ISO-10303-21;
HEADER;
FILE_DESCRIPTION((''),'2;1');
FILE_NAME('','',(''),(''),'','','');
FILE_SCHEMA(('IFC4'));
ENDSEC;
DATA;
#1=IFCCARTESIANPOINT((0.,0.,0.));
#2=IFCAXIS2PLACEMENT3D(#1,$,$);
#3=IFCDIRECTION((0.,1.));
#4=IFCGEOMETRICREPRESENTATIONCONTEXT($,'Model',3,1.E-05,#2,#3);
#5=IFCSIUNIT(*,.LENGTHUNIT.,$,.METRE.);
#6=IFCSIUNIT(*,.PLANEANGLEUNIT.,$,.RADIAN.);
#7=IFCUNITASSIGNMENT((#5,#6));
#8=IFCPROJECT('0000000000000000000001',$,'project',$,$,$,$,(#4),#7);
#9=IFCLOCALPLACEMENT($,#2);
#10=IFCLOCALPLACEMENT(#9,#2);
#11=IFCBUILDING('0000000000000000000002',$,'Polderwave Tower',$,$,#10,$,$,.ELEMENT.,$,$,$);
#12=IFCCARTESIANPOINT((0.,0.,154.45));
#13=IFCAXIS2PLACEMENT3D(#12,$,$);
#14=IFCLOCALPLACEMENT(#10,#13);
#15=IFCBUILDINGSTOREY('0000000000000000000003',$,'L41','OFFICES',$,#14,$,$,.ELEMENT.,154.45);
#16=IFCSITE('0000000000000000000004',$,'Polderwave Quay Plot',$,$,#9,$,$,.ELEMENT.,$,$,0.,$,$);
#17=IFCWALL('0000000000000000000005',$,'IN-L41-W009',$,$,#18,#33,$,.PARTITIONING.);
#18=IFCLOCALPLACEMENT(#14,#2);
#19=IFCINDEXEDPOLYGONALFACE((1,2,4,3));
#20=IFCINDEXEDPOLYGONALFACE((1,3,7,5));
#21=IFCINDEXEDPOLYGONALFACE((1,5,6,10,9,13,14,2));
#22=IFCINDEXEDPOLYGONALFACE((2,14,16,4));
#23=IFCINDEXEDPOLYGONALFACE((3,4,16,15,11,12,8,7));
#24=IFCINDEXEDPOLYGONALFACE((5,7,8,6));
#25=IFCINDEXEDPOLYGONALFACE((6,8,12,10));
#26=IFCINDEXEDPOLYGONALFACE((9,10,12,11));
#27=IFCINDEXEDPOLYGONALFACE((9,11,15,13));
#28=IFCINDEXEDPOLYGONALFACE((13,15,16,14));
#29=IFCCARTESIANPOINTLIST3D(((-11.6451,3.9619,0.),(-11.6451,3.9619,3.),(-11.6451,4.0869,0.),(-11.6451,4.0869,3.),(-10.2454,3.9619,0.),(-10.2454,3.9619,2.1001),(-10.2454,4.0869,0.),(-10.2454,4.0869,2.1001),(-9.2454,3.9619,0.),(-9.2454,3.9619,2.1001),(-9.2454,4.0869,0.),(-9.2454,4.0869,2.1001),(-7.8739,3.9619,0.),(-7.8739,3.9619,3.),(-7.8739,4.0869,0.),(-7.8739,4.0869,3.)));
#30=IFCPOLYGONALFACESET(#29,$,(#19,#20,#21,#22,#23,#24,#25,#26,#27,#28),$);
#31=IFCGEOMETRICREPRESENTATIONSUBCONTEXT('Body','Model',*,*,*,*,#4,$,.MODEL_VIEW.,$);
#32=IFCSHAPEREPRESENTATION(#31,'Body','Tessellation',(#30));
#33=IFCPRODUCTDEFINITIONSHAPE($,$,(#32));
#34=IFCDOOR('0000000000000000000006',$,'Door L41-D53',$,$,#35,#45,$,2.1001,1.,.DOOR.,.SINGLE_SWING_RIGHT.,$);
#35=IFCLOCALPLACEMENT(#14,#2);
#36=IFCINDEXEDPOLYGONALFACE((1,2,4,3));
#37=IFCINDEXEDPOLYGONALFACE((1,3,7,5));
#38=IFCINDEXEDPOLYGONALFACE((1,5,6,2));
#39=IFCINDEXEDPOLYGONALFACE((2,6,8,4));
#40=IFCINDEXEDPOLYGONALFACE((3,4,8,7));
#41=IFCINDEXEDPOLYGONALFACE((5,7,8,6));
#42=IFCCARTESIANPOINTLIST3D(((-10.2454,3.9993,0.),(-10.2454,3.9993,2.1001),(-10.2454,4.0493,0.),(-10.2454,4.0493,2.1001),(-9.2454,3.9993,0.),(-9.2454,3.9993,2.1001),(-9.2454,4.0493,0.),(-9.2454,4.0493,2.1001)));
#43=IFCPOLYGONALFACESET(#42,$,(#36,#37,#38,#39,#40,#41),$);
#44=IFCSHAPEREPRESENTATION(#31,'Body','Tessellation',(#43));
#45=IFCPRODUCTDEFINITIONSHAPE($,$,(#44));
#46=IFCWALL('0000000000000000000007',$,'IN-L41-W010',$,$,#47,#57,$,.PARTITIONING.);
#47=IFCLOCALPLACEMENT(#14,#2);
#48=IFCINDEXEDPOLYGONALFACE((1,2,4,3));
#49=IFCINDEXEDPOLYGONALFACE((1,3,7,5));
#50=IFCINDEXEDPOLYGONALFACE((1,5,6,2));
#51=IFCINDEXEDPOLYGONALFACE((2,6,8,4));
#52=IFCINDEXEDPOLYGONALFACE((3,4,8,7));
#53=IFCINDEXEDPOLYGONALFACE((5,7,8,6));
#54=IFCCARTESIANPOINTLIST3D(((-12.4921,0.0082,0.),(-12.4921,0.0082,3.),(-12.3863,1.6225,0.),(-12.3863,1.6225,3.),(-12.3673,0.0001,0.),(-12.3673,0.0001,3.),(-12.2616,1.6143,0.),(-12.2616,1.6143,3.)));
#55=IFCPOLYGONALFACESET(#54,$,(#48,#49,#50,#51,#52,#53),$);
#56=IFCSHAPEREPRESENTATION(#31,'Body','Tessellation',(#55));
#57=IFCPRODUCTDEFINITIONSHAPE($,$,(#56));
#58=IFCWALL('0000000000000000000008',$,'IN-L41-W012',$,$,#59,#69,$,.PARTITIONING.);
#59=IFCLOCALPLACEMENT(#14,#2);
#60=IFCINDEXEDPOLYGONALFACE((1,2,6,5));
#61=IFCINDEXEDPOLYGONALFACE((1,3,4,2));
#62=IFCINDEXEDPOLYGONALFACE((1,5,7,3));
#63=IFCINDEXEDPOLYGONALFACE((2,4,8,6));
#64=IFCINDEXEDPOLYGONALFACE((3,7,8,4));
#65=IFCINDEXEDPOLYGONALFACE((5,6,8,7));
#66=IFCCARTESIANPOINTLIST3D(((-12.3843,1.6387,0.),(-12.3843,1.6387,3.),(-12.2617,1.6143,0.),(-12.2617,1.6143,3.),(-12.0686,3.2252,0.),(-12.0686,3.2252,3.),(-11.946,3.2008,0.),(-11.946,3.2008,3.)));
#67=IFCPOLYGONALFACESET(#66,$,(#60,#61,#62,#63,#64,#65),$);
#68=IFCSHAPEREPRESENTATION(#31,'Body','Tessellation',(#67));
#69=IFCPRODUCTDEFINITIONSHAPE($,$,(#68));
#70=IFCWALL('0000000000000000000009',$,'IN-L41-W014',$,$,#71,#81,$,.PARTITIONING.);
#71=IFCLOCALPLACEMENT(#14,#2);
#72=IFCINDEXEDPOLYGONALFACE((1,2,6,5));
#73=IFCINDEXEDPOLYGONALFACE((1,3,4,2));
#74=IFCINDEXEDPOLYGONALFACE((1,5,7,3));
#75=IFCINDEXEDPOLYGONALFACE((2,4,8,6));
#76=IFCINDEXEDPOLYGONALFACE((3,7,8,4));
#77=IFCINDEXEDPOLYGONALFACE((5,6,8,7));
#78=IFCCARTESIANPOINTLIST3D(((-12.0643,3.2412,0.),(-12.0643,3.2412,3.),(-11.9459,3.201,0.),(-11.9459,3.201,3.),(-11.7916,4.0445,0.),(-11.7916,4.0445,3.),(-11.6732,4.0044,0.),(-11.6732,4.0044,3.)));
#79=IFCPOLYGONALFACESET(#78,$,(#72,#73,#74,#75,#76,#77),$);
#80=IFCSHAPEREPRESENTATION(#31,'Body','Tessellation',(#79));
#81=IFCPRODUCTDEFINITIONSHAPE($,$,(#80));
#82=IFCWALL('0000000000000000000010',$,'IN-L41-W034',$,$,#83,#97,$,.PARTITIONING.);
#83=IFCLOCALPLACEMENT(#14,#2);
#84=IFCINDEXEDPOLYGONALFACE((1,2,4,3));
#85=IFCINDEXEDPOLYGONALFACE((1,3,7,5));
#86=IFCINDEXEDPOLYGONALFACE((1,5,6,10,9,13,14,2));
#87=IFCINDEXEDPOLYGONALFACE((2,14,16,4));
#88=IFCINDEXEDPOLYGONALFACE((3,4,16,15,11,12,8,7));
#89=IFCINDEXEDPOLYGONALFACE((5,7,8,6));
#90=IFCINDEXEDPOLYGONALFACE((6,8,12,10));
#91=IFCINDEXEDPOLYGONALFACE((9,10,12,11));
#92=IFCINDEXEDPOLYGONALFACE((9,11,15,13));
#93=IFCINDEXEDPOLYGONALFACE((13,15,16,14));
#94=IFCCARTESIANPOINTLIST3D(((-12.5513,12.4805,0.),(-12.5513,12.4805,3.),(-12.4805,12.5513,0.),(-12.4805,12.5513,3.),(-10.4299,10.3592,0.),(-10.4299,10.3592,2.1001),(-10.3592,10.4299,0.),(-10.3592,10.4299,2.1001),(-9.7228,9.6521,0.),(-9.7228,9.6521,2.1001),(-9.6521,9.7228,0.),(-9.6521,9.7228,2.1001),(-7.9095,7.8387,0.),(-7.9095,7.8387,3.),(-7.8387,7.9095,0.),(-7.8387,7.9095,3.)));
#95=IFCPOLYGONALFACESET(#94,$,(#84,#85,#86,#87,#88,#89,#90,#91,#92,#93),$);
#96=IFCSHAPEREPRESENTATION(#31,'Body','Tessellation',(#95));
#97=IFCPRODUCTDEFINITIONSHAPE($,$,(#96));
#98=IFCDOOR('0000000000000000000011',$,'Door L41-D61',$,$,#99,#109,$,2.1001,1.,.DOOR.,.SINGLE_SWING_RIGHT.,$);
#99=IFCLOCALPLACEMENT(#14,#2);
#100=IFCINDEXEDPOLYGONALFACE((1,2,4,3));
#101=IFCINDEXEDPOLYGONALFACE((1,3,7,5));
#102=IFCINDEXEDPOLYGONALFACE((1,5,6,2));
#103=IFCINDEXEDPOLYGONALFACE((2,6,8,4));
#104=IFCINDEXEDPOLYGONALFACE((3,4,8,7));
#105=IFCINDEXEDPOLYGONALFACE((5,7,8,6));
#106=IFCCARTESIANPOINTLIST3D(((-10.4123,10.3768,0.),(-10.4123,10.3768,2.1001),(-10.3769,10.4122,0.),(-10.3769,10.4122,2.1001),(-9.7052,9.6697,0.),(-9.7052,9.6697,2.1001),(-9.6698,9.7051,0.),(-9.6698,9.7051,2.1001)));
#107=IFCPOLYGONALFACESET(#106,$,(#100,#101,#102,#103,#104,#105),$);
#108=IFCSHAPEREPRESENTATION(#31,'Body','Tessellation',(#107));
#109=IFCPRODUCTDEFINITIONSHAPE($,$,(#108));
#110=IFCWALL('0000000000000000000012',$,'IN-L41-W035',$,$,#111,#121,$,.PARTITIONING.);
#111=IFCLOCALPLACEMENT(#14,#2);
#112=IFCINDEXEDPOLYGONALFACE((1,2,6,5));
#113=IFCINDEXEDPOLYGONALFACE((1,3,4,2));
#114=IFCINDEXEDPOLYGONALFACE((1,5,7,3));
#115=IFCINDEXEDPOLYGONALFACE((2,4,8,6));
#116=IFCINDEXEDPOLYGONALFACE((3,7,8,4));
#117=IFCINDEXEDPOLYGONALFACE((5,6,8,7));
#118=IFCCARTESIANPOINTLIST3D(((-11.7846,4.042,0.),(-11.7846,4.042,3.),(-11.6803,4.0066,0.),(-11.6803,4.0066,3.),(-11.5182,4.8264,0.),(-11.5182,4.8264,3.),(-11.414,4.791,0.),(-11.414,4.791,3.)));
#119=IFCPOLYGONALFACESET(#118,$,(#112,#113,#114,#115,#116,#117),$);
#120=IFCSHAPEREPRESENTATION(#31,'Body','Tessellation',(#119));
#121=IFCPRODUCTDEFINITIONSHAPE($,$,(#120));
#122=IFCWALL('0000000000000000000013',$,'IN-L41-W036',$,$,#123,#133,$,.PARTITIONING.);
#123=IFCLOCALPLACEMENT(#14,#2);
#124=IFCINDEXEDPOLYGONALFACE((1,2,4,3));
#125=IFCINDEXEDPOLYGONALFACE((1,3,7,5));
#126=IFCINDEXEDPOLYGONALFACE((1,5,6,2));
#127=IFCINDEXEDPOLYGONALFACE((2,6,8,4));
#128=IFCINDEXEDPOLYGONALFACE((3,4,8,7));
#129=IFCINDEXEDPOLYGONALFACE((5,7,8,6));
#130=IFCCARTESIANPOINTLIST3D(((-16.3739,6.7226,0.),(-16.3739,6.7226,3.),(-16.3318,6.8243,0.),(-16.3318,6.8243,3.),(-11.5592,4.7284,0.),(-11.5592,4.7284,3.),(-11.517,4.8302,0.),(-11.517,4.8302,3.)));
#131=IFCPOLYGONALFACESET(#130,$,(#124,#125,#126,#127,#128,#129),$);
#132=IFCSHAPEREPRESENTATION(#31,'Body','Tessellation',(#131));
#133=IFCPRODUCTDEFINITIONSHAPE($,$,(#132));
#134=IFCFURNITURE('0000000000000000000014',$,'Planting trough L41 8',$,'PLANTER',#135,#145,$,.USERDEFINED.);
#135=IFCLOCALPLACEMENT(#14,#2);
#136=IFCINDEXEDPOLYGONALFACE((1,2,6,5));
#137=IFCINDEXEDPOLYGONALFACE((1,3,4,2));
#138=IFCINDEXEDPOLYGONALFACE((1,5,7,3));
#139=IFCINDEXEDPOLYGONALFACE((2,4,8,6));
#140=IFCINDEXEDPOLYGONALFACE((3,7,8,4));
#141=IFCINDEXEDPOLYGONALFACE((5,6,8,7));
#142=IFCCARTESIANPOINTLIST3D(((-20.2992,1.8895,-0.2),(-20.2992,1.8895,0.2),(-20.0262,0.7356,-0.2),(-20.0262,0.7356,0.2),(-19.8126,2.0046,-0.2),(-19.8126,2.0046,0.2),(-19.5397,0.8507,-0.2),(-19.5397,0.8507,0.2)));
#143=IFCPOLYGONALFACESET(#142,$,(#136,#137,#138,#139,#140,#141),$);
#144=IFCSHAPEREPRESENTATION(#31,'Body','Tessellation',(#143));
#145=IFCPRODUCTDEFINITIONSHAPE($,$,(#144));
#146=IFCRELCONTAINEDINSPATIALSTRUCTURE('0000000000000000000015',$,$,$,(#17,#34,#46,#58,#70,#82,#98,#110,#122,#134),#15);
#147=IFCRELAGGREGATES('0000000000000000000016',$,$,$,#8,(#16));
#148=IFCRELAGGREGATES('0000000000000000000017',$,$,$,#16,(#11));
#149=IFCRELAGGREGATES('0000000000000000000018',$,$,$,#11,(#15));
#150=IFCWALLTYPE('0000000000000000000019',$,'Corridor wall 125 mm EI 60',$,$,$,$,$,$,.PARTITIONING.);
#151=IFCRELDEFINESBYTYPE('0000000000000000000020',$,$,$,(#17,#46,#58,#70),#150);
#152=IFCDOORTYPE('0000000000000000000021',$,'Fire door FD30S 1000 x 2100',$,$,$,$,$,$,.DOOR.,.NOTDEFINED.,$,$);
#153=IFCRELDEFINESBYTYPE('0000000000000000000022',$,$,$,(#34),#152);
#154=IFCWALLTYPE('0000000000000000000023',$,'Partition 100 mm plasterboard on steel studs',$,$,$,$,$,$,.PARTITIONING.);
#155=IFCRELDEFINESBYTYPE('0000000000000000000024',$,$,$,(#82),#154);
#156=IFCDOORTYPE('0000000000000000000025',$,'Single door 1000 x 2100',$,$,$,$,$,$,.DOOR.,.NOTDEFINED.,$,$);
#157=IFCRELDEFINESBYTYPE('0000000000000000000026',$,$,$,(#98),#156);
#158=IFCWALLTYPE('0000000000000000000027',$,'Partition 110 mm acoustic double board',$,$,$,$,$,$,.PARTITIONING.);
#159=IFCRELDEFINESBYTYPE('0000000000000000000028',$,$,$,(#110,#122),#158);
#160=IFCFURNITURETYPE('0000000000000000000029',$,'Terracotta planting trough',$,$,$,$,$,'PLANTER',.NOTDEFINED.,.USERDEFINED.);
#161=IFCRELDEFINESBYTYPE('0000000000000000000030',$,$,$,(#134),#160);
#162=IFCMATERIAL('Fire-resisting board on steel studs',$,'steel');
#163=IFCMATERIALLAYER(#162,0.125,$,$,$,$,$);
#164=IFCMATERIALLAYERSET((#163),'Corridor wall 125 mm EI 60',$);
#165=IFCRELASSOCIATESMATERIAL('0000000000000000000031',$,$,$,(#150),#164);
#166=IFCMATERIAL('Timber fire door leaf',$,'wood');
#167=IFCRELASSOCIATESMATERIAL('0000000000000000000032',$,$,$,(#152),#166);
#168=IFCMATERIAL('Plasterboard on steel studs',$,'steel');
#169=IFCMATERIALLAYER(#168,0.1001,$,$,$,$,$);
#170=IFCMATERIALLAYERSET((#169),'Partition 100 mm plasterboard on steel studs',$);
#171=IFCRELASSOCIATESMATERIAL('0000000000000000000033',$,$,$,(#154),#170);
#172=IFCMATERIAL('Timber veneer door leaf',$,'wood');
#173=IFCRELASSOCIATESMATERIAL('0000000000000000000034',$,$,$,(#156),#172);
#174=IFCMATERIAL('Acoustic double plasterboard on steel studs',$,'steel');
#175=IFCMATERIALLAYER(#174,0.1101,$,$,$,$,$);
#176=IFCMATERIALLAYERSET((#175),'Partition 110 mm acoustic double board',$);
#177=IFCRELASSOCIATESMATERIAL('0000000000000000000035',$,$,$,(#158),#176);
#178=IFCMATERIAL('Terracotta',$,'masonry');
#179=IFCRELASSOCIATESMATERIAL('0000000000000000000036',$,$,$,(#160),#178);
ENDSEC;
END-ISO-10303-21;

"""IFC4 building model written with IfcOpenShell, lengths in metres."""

from ifc_helpers import new_model, si_unit, direction, frame, frame_2d, origin, origin_2d, place, context, subcontext, project, spatial, rectangle, extrude, material, layer, layer_set, type_object, element, fill, save


model = new_model("IFC4")

# Units and contexts
model_context = context("Model", 3, precision=1e-05, world=origin(), true_north=direction((0.0, 1.0)))
body_context = subcontext(model_context, "Body", "Model", "MODEL_VIEW")
ifc_project = project(units=[si_unit("LENGTHUNIT", "METRE"), si_unit("PLANEANGLEUNIT", "RADIAN")], contexts=[model_context])

# Site, building, storey
site_placement = place(None, origin())
site = spatial("IfcSite", under=ifc_project, at=site_placement, Name="Polderwave Quay Plot", CompositionType="ELEMENT", RefElevation=0.0)
building_placement = place(site_placement, origin())
building = spatial("IfcBuilding", under=site, at=building_placement, Name="Polderwave Tower", CompositionType="ELEMENT")
storey_placement = place(building_placement, frame((0.0, 0.0, 154.45)))
storey = spatial("IfcBuildingStorey", under=building, at=storey_placement, Name="L41", Description="OFFICES", CompositionType="ELEMENT", Elevation=154.45)

# Wall, opening, door
ifc_material_1 = material(Name="Fire-resisting board on steel studs", Category="steel")
ifc_layer_1 = layer(ifc_material_1, 0.125)
ifc_layer_set_1 = layer_set([ifc_layer_1], Name="Corridor wall 125 mm EI 60")
wall_type_1 = type_object("IfcWallType", Name="Corridor wall 125 mm EI 60", PredefinedType="PARTITIONING", material=ifc_layer_set_1)
wall_1_placement = place(storey_placement, frame((-11.6453, 4.0244, 0.0), z_axis=(0.0, 0.0, 1.0), x_axis=(1.0, 0.0, 0.0)))
wall_1 = element("IfcWall", 1, at=wall_1_placement, inside=storey, type_object=wall_type_1, Name="IN-L41-W009", PredefinedType="PARTITIONING", context=body_context, shape_type="SweptSolid", body=[
    extrude(rectangle(XDim=3.7712, YDim=0.125, at=frame_2d((1.8857, 0.0))), origin(), (0.0, 0.0, 1.0), 3.0),
])
opening_1_placement = place(wall_1_placement, frame((1.3999, 0.0, 0.0)))
opening_1 = element("IfcOpeningElement", 2, at=opening_1_placement, cuts=wall_1, PredefinedType="OPENING", context=body_context, shape_type="SweptSolid", body=[
    extrude(rectangle(XDim=1.0, YDim=2.1001, at=frame_2d((0.5, 1.05))), frame((0.0, 0.0725, 0.0), z_axis=(0.0, -1.0, 0.0), x_axis=(1.0, 0.0, 0.0)), (0.0, 0.0, 1.0), 0.145),
])
ifc_material_2 = material(Name="Timber fire door leaf", Category="wood")
door_type_1 = type_object("IfcDoorType", Name="Fire door FD30S 1000 x 2100", OperationType="NOTDEFINED", PredefinedType="DOOR", material=ifc_material_2)
door_1_placement = place(opening_1_placement, origin())
door_1 = element("IfcDoor", 3, at=door_1_placement, inside=storey, type_object=door_type_1, Name="Door L41-D53", OperationType="SINGLE_SWING_RIGHT", OverallHeight=2.1001, OverallWidth=1.0, PredefinedType="DOOR", context=body_context, shape_type="SweptSolid", body=[
    extrude(rectangle(XDim=1.0, YDim=2.1001, at=frame_2d((0.5, 1.05))), frame((0.0, 0.0249, 0.0), z_axis=(0.0, -1.0, 0.0), x_axis=(1.0, 0.0, 0.0)), (0.0, 0.0, 1.0), 0.05),
])
fill(opening_1, door_1)

# Walls
for number, where, z_axis, x_axis, name in (
    (4, (-12.4297, 0.0042, 0.0), (0.0, 0.0, 1.0), (0.065347, 0.997863, 0.0), "IN-L41-W010"),
    (5, (-12.323, 1.6265, 0.0), (0.0, 0.0, 1.0), (0.195129, 0.980778, 0.0), "IN-L41-W012"),
):
    element("IfcWall", number, at=place(storey_placement, frame(where, z_axis=z_axis, x_axis=x_axis)), inside=storey, type_object=wall_type_1, Name=name, PredefinedType="PARTITIONING", context=body_context, shape_type="SweptSolid", body=[
        extrude(rectangle(XDim=1.6177, YDim=0.125, at=frame_2d((0.8088, 0.0))), origin(), (0.0, 0.0, 1.0), 3.0),
    ])
wall_2_placement = place(storey_placement, frame((-12.0051, 3.2209, 0.0), z_axis=(0.0, 0.0, 1.0), x_axis=(0.321402, 0.946943, 0.0)))
element("IfcWall", 6, at=wall_2_placement, inside=storey, type_object=wall_type_1, Name="IN-L41-W014", PredefinedType="PARTITIONING", context=body_context, shape_type="SweptSolid", body=[
    extrude(rectangle(XDim=0.8484, YDim=0.125, at=frame_2d((0.4243, 0.0))), origin(), (0.0, 0.0, 1.0), 3.0),
])

# Wall, opening, door
ifc_material_3 = material(Name="Plasterboard on steel studs", Category="steel")
ifc_layer_2 = layer(ifc_material_3, 0.1001)
ifc_layer_set_2 = layer_set([ifc_layer_2], Name="Partition 100 mm plasterboard on steel studs")
wall_type_2 = type_object("IfcWallType", Name="Partition 100 mm plasterboard on steel studs", PredefinedType="PARTITIONING", material=ifc_layer_set_2)
wall_3_placement = place(storey_placement, frame((-12.5159, 12.5159, 0.0), z_axis=(0.0, 0.0, 1.0), x_axis=(0.707107, -0.707107, 0.0)))
wall_3 = element("IfcWall", 7, at=wall_3_placement, inside=storey, type_object=wall_type_2, Name="IN-L41-W034", PredefinedType="PARTITIONING", context=body_context, shape_type="SweptSolid", body=[
    extrude(rectangle(XDim=6.5645, YDim=0.1001, at=frame_2d((3.2822, 0.0))), origin(), (0.0, 0.0, 1.0), 3.0),
])
opening_2_placement = place(wall_3_placement, frame((3.0, 0.0, 0.0)))
opening_2 = element("IfcOpeningElement", 8, at=opening_2_placement, cuts=wall_3, PredefinedType="OPENING", context=body_context, shape_type="SweptSolid", body=[
    extrude(rectangle(XDim=1.0, YDim=2.1001, at=frame_2d((0.5, 1.05))), frame((0.0, 0.0601, 0.0), z_axis=(0.0, -1.0, 0.0), x_axis=(1.0, 0.0, 0.0)), (0.0, 0.0, 1.0), 0.1201),
])
ifc_material_4 = material(Name="Timber veneer door leaf", Category="wood")
door_type_2 = type_object("IfcDoorType", Name="Single door 1000 x 2100", OperationType="NOTDEFINED", PredefinedType="DOOR", material=ifc_material_4)
door_2_placement = place(opening_2_placement, origin())
door_2 = element("IfcDoor", 9, at=door_2_placement, inside=storey, type_object=door_type_2, Name="Door L41-D61", OperationType="SINGLE_SWING_RIGHT", OverallHeight=2.1001, OverallWidth=1.0, PredefinedType="DOOR", context=body_context, shape_type="SweptSolid", body=[
    extrude(rectangle(XDim=1.0, YDim=2.1001, at=frame_2d((0.5, 1.05))), frame((0.0, 0.0249, 0.0), z_axis=(0.0, -1.0, 0.0), x_axis=(1.0, 0.0, 0.0)), (0.0, 0.0, 1.0), 0.05),
])
fill(opening_2, door_2)

# Walls
ifc_material_5 = material(Name="Acoustic double plasterboard on steel studs", Category="steel")
ifc_layer_3 = layer(ifc_material_5, 0.1101)
ifc_layer_set_3 = layer_set([ifc_layer_3], Name="Partition 110 mm acoustic double board")
wall_type_3 = type_object("IfcWallType", Name="Partition 110 mm acoustic double board", PredefinedType="PARTITIONING", material=ifc_layer_set_3)
wall_4_placement = place(storey_placement, frame((-11.7324, 4.0244, 0.0), z_axis=(0.0, 0.0, 1.0), x_axis=(0.321528, 0.9469, 0.0)))
element("IfcWall", 10, at=wall_4_placement, inside=storey, type_object=wall_type_3, Name="IN-L41-W035", PredefinedType="PARTITIONING", context=body_context, shape_type="SweptSolid", body=[
    extrude(rectangle(XDim=0.8284, YDim=0.1101, at=frame_2d((0.4141, 0.0))), origin(), (0.0, 0.0, 1.0), 3.0),
])
wall_5_placement = place(storey_placement, frame((-11.5381, 4.7793, 0.0), z_axis=(0.0, 0.0, 1.0), x_axis=(-0.923891, 0.382655, 0.0)))
element("IfcWall", 11, at=wall_5_placement, inside=storey, type_object=wall_type_3, Name="IN-L41-W036", PredefinedType="PARTITIONING", context=body_context, shape_type="SweptSolid", body=[
    extrude(rectangle(XDim=5.2114, YDim=0.1101, at=frame_2d((2.6057, 0.0))), origin(), (0.0, 0.0, 1.0), 3.0),
])

# Furniture
ifc_material_6 = material(Name="Terracotta", Category="masonry")
furniture_type = type_object("IfcFurnitureType", Name="Terracotta planting trough", ElementType="PLANTER", AssemblyPlace="NOTDEFINED", PredefinedType="USERDEFINED", material=ifc_material_6)
furniture_placement = place(storey_placement, frame((-19.9194, 1.3701, -0.2), z_axis=(0.0, 0.0, 1.0), x_axis=(0.230204, -0.973142, 0.0)))
element("IfcFurniture", 12, at=furniture_placement, inside=storey, type_object=furniture_type, Name="Planting trough L41 8", ObjectType="PLANTER", PredefinedType="USERDEFINED", context=body_context, shape_type="SweptSolid", body=[
    extrude(rectangle(XDim=1.1858, YDim=0.5, at=origin_2d()), origin(), (0.0, 0.0, 1.0), 0.3999),
])

save(model, "model.ifc")
